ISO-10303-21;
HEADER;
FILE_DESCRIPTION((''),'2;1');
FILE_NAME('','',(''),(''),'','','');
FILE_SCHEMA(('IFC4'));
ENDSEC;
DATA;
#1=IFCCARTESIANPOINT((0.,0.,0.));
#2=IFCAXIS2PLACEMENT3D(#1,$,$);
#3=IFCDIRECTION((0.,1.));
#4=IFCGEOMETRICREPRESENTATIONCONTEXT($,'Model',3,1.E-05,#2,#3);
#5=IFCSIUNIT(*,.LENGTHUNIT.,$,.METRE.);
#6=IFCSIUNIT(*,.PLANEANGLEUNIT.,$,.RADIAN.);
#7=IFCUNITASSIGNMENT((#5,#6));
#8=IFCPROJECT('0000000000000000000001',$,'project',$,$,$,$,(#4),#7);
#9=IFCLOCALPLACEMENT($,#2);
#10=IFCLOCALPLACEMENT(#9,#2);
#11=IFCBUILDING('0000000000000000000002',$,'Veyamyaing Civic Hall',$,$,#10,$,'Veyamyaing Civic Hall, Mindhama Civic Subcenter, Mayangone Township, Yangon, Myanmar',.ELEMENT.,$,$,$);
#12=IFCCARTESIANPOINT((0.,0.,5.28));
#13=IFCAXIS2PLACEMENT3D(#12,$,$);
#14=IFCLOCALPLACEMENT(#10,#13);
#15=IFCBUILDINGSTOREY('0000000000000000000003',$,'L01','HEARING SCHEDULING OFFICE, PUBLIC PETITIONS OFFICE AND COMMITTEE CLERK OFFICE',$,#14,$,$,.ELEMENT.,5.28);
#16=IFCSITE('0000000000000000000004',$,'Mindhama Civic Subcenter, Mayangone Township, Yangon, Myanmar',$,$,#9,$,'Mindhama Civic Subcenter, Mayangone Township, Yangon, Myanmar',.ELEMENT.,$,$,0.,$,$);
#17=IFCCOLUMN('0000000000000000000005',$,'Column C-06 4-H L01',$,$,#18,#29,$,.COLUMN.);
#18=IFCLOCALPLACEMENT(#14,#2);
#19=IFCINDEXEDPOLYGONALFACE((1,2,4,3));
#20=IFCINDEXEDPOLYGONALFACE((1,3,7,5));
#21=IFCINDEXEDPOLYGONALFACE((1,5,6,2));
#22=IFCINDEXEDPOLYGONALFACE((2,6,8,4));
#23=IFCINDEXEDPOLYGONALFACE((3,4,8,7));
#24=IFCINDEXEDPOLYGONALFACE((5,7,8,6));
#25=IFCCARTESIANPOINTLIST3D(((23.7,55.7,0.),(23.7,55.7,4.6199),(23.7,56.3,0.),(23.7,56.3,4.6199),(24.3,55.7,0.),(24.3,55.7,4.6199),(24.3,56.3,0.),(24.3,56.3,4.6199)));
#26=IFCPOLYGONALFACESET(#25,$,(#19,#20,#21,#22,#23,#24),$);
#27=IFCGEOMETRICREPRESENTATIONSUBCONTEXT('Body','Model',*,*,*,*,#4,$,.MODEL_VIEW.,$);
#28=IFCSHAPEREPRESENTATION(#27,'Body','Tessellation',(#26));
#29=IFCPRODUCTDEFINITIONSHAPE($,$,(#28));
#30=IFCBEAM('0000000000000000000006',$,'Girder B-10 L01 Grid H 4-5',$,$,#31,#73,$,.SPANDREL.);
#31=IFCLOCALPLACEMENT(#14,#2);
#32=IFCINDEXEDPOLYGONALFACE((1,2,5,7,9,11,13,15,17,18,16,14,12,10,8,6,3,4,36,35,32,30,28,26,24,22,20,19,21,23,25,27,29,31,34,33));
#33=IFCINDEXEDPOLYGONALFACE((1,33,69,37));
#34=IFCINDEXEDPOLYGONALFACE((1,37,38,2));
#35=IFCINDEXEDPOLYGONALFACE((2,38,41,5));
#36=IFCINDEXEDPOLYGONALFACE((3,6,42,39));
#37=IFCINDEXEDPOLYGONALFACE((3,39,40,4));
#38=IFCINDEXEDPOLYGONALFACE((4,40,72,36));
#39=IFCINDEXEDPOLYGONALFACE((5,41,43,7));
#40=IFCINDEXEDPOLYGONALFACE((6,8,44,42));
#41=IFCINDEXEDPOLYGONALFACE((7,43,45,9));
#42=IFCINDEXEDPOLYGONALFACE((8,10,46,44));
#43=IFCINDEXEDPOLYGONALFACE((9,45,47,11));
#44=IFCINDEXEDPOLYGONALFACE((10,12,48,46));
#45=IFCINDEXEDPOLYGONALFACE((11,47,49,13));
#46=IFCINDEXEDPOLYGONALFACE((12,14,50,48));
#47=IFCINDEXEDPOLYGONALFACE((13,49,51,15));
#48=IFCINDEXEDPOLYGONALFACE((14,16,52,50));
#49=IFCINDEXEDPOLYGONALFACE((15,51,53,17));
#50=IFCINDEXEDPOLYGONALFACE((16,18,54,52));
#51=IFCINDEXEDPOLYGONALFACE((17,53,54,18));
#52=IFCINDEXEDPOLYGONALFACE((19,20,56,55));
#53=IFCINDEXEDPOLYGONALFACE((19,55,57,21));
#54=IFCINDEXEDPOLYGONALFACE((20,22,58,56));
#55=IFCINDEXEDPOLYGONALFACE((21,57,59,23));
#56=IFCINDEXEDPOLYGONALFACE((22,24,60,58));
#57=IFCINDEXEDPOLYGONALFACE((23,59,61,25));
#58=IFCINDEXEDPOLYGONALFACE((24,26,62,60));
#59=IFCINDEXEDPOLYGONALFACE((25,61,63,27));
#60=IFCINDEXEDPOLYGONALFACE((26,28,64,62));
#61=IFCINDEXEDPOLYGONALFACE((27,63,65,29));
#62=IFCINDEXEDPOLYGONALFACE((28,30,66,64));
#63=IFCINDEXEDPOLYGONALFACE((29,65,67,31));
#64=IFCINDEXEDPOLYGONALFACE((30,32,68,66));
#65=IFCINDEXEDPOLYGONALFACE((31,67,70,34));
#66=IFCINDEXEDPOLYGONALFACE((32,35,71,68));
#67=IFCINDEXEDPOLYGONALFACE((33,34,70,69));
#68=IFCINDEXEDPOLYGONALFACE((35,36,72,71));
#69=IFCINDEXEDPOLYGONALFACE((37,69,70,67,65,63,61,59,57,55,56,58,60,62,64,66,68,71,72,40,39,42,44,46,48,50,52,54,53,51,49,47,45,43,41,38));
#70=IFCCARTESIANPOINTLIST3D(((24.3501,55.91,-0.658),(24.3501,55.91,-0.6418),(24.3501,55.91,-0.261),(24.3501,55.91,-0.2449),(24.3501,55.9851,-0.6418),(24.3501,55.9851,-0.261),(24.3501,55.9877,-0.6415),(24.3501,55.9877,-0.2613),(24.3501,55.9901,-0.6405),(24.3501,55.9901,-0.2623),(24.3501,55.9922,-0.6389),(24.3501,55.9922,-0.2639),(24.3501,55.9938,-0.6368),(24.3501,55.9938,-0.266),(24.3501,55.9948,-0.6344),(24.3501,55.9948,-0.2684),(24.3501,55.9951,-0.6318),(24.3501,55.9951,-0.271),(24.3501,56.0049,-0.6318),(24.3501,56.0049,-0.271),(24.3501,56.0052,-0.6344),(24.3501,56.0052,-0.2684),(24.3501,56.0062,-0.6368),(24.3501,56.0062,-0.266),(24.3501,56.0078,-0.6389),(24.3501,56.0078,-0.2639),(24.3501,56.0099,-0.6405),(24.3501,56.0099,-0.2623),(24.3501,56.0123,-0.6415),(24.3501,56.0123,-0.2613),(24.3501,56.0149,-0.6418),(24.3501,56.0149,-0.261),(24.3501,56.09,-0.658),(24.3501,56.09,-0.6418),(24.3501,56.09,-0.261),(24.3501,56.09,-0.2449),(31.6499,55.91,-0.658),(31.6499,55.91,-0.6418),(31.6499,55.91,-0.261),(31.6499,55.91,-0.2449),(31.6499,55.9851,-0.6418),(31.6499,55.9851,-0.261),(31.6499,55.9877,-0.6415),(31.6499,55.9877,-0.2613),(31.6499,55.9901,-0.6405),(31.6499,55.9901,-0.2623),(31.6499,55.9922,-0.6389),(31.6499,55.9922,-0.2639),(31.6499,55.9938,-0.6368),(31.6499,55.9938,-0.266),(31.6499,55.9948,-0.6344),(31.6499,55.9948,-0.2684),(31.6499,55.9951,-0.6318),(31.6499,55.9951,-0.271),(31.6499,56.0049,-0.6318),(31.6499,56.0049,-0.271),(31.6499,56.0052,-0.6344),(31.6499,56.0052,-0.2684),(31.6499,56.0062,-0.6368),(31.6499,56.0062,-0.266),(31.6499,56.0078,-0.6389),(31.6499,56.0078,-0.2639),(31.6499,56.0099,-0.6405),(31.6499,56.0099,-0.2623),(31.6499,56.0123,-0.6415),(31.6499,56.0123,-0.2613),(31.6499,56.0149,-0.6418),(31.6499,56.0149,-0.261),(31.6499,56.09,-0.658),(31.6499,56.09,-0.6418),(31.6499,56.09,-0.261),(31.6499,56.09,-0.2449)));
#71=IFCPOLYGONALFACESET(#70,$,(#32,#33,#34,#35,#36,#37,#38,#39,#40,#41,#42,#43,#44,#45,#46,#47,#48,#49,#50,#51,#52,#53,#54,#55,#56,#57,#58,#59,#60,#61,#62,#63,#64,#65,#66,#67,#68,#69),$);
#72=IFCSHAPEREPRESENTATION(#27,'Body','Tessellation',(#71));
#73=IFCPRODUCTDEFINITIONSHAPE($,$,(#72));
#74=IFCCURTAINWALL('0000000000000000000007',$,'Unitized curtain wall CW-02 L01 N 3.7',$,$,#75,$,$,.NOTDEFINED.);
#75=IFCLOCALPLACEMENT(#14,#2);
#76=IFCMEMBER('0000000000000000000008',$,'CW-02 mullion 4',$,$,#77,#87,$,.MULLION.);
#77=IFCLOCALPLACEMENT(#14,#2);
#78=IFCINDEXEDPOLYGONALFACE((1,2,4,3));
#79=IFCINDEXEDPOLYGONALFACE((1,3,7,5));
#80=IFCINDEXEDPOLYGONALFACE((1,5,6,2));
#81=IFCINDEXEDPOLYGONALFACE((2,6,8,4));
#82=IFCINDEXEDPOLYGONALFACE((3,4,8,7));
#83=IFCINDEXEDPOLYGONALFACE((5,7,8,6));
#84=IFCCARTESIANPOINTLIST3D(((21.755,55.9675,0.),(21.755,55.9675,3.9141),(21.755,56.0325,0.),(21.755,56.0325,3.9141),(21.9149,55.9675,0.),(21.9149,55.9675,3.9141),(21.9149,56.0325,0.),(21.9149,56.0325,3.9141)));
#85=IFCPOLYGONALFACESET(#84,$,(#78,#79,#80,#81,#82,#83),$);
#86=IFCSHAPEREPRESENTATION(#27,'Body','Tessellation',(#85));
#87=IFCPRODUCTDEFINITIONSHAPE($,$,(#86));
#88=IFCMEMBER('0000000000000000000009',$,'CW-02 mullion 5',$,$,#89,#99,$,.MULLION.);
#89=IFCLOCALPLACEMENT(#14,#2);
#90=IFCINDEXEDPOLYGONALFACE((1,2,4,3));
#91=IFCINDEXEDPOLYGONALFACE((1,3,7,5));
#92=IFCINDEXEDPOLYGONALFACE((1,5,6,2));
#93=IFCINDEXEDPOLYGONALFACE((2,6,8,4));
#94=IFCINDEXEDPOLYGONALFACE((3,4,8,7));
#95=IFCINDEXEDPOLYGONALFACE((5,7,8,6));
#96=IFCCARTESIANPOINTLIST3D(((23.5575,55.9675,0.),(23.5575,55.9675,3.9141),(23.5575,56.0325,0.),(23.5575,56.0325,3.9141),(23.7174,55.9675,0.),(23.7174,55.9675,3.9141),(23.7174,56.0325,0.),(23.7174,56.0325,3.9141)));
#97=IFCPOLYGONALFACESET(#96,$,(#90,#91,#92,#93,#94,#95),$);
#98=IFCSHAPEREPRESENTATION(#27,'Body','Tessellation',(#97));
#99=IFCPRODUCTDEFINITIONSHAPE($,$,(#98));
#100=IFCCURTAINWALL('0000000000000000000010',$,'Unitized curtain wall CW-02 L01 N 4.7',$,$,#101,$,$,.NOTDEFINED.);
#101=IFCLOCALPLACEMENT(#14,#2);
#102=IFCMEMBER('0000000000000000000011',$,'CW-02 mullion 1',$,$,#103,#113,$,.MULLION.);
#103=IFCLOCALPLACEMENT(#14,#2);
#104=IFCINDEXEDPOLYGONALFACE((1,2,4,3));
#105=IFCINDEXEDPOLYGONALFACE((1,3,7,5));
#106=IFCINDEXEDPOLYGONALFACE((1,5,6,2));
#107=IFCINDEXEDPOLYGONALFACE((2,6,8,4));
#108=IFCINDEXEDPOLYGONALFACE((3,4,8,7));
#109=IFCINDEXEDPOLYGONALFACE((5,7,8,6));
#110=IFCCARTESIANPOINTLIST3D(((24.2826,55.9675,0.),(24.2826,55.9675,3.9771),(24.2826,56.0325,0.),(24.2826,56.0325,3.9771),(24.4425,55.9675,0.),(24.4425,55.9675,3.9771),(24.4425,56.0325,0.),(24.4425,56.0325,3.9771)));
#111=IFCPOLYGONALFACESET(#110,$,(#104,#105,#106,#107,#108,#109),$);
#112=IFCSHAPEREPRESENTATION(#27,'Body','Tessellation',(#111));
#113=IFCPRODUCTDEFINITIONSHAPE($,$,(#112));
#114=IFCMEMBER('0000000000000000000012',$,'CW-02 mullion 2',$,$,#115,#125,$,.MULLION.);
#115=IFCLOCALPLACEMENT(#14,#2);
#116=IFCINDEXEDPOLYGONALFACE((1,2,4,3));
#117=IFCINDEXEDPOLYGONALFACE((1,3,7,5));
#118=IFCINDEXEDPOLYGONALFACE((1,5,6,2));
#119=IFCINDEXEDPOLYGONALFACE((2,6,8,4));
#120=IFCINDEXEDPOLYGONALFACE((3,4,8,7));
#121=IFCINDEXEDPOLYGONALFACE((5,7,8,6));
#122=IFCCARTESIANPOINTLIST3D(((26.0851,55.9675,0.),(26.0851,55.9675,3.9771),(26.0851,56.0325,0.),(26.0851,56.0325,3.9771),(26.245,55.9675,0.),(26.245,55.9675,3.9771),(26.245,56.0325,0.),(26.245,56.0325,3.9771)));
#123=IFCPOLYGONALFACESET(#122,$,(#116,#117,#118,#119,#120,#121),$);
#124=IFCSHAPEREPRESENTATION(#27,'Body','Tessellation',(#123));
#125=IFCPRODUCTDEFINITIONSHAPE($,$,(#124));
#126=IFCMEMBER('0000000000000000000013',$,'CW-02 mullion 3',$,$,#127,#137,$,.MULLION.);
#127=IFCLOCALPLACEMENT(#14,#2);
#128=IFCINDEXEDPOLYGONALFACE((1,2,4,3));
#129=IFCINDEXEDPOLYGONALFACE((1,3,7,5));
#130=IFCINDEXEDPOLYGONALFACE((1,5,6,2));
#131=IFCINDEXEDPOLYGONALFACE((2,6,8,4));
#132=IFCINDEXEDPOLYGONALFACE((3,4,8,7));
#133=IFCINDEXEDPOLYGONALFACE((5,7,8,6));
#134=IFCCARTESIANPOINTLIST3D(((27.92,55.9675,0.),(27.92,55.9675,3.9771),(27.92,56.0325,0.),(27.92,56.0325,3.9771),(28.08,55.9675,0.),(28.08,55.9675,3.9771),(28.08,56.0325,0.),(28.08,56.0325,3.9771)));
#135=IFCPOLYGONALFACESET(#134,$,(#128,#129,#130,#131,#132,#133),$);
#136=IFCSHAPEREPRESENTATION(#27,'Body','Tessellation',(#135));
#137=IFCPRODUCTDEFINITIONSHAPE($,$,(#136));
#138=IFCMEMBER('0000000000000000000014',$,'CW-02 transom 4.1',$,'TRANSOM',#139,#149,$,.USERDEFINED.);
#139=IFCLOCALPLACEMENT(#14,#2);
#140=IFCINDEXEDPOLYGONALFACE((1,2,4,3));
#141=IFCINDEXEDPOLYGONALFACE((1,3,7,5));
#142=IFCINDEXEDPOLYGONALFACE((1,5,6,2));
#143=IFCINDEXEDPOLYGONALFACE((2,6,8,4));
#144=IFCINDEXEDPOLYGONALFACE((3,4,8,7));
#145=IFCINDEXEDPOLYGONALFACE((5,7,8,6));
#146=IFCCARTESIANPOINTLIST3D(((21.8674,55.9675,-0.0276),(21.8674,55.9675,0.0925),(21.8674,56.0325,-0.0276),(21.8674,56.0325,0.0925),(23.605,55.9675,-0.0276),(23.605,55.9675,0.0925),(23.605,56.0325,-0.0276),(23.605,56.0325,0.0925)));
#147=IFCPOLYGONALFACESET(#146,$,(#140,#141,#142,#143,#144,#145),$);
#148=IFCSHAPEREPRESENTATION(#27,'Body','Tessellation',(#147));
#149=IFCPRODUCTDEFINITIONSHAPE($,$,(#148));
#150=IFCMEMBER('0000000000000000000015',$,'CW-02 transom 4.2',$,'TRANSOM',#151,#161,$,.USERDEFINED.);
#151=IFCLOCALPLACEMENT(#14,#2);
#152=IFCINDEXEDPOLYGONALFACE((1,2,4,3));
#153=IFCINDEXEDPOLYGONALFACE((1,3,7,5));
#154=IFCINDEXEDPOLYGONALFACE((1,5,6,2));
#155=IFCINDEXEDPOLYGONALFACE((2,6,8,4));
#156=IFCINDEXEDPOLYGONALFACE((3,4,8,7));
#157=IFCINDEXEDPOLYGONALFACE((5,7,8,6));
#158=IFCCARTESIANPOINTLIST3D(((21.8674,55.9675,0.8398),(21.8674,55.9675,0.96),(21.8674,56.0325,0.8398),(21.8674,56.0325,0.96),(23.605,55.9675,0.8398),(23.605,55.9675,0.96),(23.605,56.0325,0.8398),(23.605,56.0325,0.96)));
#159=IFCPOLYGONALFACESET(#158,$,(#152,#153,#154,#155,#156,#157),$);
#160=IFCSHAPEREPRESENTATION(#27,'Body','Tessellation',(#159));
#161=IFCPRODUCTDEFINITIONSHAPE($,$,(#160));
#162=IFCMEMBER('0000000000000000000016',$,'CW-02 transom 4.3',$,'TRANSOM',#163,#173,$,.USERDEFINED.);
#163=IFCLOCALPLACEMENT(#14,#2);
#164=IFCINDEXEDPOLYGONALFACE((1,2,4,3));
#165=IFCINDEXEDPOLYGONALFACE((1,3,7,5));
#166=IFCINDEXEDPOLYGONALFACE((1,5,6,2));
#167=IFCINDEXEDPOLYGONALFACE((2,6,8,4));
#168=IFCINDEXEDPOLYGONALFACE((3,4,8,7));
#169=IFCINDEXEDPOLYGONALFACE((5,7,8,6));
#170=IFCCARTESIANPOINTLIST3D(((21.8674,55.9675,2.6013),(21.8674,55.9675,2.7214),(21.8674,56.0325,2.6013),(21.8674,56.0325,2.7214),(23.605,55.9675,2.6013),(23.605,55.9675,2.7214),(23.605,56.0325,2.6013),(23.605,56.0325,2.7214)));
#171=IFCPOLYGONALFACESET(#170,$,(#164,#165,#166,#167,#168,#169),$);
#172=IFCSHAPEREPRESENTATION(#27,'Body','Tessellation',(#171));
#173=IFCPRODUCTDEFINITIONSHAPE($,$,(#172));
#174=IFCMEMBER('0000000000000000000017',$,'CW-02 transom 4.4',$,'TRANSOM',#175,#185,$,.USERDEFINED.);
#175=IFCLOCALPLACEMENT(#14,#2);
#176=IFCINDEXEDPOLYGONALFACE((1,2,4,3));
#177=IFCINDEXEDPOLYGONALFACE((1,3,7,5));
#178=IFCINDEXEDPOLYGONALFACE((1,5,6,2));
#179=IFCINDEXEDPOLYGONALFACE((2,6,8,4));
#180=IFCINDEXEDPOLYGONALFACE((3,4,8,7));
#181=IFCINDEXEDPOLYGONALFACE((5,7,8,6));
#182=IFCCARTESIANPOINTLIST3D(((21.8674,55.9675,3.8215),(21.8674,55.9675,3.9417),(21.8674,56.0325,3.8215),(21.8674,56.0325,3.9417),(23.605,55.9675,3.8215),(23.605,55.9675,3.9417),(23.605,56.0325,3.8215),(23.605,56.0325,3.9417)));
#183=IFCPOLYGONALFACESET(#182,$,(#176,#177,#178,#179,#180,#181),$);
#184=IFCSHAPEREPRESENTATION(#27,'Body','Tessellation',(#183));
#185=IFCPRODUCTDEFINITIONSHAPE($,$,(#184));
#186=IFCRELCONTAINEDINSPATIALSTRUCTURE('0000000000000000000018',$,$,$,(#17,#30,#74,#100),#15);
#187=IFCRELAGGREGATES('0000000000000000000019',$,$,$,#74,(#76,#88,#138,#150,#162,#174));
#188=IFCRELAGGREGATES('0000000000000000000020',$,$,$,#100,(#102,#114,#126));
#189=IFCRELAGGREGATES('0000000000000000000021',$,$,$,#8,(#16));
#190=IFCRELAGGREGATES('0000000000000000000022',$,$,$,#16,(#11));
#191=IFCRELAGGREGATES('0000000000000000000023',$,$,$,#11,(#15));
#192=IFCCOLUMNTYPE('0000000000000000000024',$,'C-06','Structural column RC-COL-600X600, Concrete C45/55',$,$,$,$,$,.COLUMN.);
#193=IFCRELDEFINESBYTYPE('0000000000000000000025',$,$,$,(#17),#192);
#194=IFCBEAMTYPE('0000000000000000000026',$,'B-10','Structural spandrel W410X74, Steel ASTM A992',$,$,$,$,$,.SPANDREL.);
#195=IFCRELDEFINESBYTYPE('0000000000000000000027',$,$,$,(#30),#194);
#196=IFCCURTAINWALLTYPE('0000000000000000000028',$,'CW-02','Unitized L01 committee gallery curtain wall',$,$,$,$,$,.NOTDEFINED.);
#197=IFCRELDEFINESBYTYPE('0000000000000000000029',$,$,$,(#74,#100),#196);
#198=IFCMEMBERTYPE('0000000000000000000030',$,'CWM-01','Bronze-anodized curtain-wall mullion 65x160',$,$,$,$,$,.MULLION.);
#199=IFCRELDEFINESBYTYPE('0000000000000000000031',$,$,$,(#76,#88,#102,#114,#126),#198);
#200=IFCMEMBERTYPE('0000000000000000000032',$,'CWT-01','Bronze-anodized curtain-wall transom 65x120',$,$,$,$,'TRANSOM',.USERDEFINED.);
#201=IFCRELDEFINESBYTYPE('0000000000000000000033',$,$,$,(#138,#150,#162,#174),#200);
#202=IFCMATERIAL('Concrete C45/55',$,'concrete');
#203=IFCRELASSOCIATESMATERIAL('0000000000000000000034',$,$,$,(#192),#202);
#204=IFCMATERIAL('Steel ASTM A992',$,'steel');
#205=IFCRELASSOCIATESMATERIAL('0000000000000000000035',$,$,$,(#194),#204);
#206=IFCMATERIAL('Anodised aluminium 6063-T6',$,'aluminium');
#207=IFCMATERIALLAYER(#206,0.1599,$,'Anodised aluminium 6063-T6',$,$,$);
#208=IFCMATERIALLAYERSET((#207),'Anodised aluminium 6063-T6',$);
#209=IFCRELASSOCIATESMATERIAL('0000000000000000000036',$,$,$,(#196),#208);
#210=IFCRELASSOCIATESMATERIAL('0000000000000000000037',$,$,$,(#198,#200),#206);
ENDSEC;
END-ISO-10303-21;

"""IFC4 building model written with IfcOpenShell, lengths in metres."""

from ifc_helpers import new_model, si_unit, direction, frame, origin, origin_2d, place, context, subcontext, project, spatial, rectangle, i_section, extrude, material, layer, layer_set, material_profile, profile_set, type_object, element, aggregate, save


model = new_model("IFC4")

# Units and contexts
model_context = context("Model", 3, precision=1e-05, world=origin(), true_north=direction((0.0, 1.0)))
body_context = subcontext(model_context, "Body", "Model", "MODEL_VIEW")
ifc_project = project(units=[si_unit("LENGTHUNIT", "METRE"), si_unit("PLANEANGLEUNIT", "RADIAN")], contexts=[model_context])

# Site, building, storey
site_placement = place(None, origin())
site = spatial("IfcSite", under=ifc_project, at=site_placement, Name="Mindhama Civic Subcenter, Mayangone Township, Yangon, Myanmar", LongName="Mindhama Civic Subcenter, Mayangone Township, Yangon, Myanmar", CompositionType="ELEMENT", RefElevation=0.0)
building_placement = place(site_placement, origin())
building = spatial("IfcBuilding", under=site, at=building_placement, Name="Veyamyaing Civic Hall", LongName="Veyamyaing Civic Hall, Mindhama Civic Subcenter, Mayangone Township, Yangon, Myanmar", CompositionType="ELEMENT")
storey_placement = place(building_placement, frame((0.0, 0.0, 5.28)))
storey = spatial("IfcBuildingStorey", under=building, at=storey_placement, Name="L01", Description="HEARING SCHEDULING OFFICE, PUBLIC PETITIONS OFFICE AND COMMITTEE CLERK OFFICE", CompositionType="ELEMENT", Elevation=5.28)

# Column
ifc_material_1 = material(Name="Concrete C45/55", Category="concrete")
ifc_material_profile_1 = material_profile(ifc_material_1, rectangle(XDim=0.6001, YDim=0.6001, at=origin_2d()), Name="RC-COL-600X600")
ifc_profile_set_1 = profile_set([ifc_material_profile_1], Name="Concrete C45/55")
column_type = type_object("IfcColumnType", Name="C-06", Description="Structural column RC-COL-600X600, Concrete C45/55", PredefinedType="COLUMN", material=ifc_profile_set_1)
column_placement = place(storey_placement, frame((24.0, 56.0, 0.0), z_axis=(0.0, 0.0, 1.0), x_axis=(1.0, 0.0, 0.0)))
element("IfcColumn", 1, at=column_placement, inside=storey, type_object=column_type, Name="Column C-06 4-H L01", PredefinedType="COLUMN", context=body_context, shape_type="SweptSolid", body=[
    extrude(rectangle(XDim=0.6001, YDim=0.6001, at=origin_2d()), origin(), (0.0, 0.0, 1.0), 4.6199),
])

# Beam
ifc_material_2 = material(Name="Steel ASTM A992", Category="steel")
ifc_material_profile_2 = material_profile(ifc_material_2, i_section(OverallWidth=0.1799, OverallDepth=0.4131, WebThickness=0.0098, FlangeThickness=0.0161, FilletRadius=0.01, at=origin_2d()), Name="W410X74")
ifc_profile_set_2 = profile_set([ifc_material_profile_2], Name="Steel ASTM A992")
beam_type_1 = type_object("IfcBeamType", Name="B-10", Description="Structural spandrel W410X74, Steel ASTM A992", PredefinedType="SPANDREL", material=ifc_profile_set_2)
beam_1_placement = place(storey_placement, frame((24.3501, 56.0, -0.4514), z_axis=(1.0, 0.0, 0.0), x_axis=(0.0, 1.0, 0.0)))
element("IfcBeam", 2, at=beam_1_placement, inside=storey, type_object=beam_type_1, Name="Girder B-10 L01 Grid H 4-5", PredefinedType="SPANDREL", context=body_context, shape_type="SweptSolid", body=[
    extrude(i_section(OverallWidth=0.1799, OverallDepth=0.4131, WebThickness=0.0098, FlangeThickness=0.0161, FilletRadius=0.01, at=origin_2d()), origin(), (0.0, 0.0, 1.0), 7.2998),
])

# Curtain walls, members
ifc_material_3 = material(Name="Anodised aluminium 6063-T6", Category="aluminium")
ifc_layer_1 = layer(ifc_material_3, 0.1599, Name="Anodised aluminium 6063-T6")
ifc_layer_set_1 = layer_set([ifc_layer_1], Name="Anodised aluminium 6063-T6")
curtain_wall_type = type_object("IfcCurtainWallType", Name="CW-02", Description="Unitized L01 committee gallery curtain wall", PredefinedType="NOTDEFINED", material=ifc_layer_set_1)
curtain_wall_1_placement = place(storey_placement, origin())
curtain_wall_1 = element("IfcCurtainWall", 3, at=curtain_wall_1_placement, inside=storey, type_object=curtain_wall_type, Name="Unitized curtain wall CW-02 L01 N 3.7", PredefinedType="NOTDEFINED")
ifc_material_profile_3 = material_profile(ifc_material_3, rectangle(XDim=0.0649, YDim=0.1599, at=origin_2d()), Name="ALU-MUL-65X160")
ifc_profile_set_3 = profile_set([ifc_material_profile_3], Name="Anodised aluminium 6063-T6")
member_type_1 = type_object("IfcMemberType", Name="CWM-01", Description="Bronze-anodized curtain-wall mullion 65x160", PredefinedType="MULLION", material=ifc_profile_set_3)
member_1_placement = place(storey_placement, frame((21.835, 56.0, 0.0), z_axis=(0.0, 0.0, 1.0), x_axis=(0.0, 1.0, 0.0)))
member_1 = element("IfcMember", 4, at=member_1_placement, type_object=member_type_1, Name="CW-02 mullion 4", PredefinedType="MULLION", context=body_context, shape_type="SweptSolid", body=[
    extrude(rectangle(XDim=0.0649, YDim=0.1599, at=origin_2d()), origin(), (0.0, 0.0, 1.0), 3.9141),
])
member_2_placement = place(storey_placement, frame((23.6375, 56.0, 0.0), z_axis=(0.0, 0.0, 1.0), x_axis=(0.0, 1.0, 0.0)))
member_2 = element("IfcMember", 5, at=member_2_placement, type_object=member_type_1, Name="CW-02 mullion 5", PredefinedType="MULLION", context=body_context, shape_type="SweptSolid", body=[
    extrude(rectangle(XDim=0.0649, YDim=0.1599, at=origin_2d()), origin(), (0.0, 0.0, 1.0), 3.9141),
])
curtain_wall_2_placement = place(storey_placement, origin())
curtain_wall_2 = element("IfcCurtainWall", 6, at=curtain_wall_2_placement, inside=storey, type_object=curtain_wall_type, Name="Unitized curtain wall CW-02 L01 N 4.7", PredefinedType="NOTDEFINED")
member_3_placement = place(storey_placement, frame((24.3625, 56.0, 0.0), z_axis=(0.0, 0.0, 1.0), x_axis=(0.0, 1.0, 0.0)))
member_3 = element("IfcMember", 7, at=member_3_placement, type_object=member_type_1, Name="CW-02 mullion 1", PredefinedType="MULLION", context=body_context, shape_type="SweptSolid", body=[
    extrude(rectangle(XDim=0.0649, YDim=0.1599, at=origin_2d()), origin(), (0.0, 0.0, 1.0), 3.9771),
])
member_4_placement = place(storey_placement, frame((26.165, 56.0, 0.0), z_axis=(0.0, 0.0, 1.0), x_axis=(0.0, 1.0, 0.0)))
member_4 = element("IfcMember", 8, at=member_4_placement, type_object=member_type_1, Name="CW-02 mullion 2", PredefinedType="MULLION", context=body_context, shape_type="SweptSolid", body=[
    extrude(rectangle(XDim=0.0649, YDim=0.1599, at=origin_2d()), origin(), (0.0, 0.0, 1.0), 3.9771),
])
member_5_placement = place(storey_placement, frame((28.0, 56.0, 0.0), z_axis=(0.0, 0.0, 1.0), x_axis=(0.0, 1.0, 0.0)))
member_5 = element("IfcMember", 9, at=member_5_placement, type_object=member_type_1, Name="CW-02 mullion 3", PredefinedType="MULLION", context=body_context, shape_type="SweptSolid", body=[
    extrude(rectangle(XDim=0.0649, YDim=0.1599, at=origin_2d()), origin(), (0.0, 0.0, 1.0), 3.9771),
])

# Members
ifc_material_profile_4 = material_profile(ifc_material_3, rectangle(XDim=0.0649, YDim=0.1201, at=origin_2d()), Name="ALU-TRN-65X120")
ifc_profile_set_4 = profile_set([ifc_material_profile_4], Name="Anodised aluminium 6063-T6")
member_type_2 = type_object("IfcMemberType", Name="CWT-01", Description="Bronze-anodized curtain-wall transom 65x120", ElementType="TRANSOM", PredefinedType="USERDEFINED", material=ifc_profile_set_4)
member_6_placement = place(storey_placement, frame((21.8674, 56.0, 0.0325), z_axis=(1.0, 0.0, 0.0), x_axis=(0.0, 1.0, 0.0)))
member_6 = element("IfcMember", 10, at=member_6_placement, type_object=member_type_2, Name="CW-02 transom 4.1", ObjectType="TRANSOM", PredefinedType="USERDEFINED", context=body_context, shape_type="SweptSolid", body=[
    extrude(rectangle(XDim=0.0649, YDim=0.1201, at=origin_2d()), origin(), (0.0, 0.0, 1.0), 1.7375),
])
member_7_placement = place(storey_placement, frame((21.8674, 56.0, 0.8999), z_axis=(1.0, 0.0, 0.0), x_axis=(0.0, 1.0, 0.0)))
member_7 = element("IfcMember", 11, at=member_7_placement, type_object=member_type_2, Name="CW-02 transom 4.2", ObjectType="TRANSOM", PredefinedType="USERDEFINED", context=body_context, shape_type="SweptSolid", body=[
    extrude(rectangle(XDim=0.0649, YDim=0.1201, at=origin_2d()), origin(), (0.0, 0.0, 1.0), 1.7375),
])
member_8_placement = place(storey_placement, frame((21.8674, 56.0, 2.6614), z_axis=(1.0, 0.0, 0.0), x_axis=(0.0, 1.0, 0.0)))
member_8 = element("IfcMember", 12, at=member_8_placement, type_object=member_type_2, Name="CW-02 transom 4.3", ObjectType="TRANSOM", PredefinedType="USERDEFINED", context=body_context, shape_type="SweptSolid", body=[
    extrude(rectangle(XDim=0.0649, YDim=0.1201, at=origin_2d()), origin(), (0.0, 0.0, 1.0), 1.7375),
])
member_9_placement = place(storey_placement, frame((21.8674, 56.0, 3.8816), z_axis=(1.0, 0.0, 0.0), x_axis=(0.0, 1.0, 0.0)))
member_9 = element("IfcMember", 13, at=member_9_placement, type_object=member_type_2, Name="CW-02 transom 4.4", ObjectType="TRANSOM", PredefinedType="USERDEFINED", context=body_context, shape_type="SweptSolid", body=[
    extrude(rectangle(XDim=0.0649, YDim=0.1201, at=origin_2d()), origin(), (0.0, 0.0, 1.0), 1.7375),
])

aggregate(curtain_wall_1, [member_1, member_2, member_6, member_7, member_8, member_9])
aggregate(curtain_wall_2, [member_3, member_4, member_5])

save(model, "model.ifc")
